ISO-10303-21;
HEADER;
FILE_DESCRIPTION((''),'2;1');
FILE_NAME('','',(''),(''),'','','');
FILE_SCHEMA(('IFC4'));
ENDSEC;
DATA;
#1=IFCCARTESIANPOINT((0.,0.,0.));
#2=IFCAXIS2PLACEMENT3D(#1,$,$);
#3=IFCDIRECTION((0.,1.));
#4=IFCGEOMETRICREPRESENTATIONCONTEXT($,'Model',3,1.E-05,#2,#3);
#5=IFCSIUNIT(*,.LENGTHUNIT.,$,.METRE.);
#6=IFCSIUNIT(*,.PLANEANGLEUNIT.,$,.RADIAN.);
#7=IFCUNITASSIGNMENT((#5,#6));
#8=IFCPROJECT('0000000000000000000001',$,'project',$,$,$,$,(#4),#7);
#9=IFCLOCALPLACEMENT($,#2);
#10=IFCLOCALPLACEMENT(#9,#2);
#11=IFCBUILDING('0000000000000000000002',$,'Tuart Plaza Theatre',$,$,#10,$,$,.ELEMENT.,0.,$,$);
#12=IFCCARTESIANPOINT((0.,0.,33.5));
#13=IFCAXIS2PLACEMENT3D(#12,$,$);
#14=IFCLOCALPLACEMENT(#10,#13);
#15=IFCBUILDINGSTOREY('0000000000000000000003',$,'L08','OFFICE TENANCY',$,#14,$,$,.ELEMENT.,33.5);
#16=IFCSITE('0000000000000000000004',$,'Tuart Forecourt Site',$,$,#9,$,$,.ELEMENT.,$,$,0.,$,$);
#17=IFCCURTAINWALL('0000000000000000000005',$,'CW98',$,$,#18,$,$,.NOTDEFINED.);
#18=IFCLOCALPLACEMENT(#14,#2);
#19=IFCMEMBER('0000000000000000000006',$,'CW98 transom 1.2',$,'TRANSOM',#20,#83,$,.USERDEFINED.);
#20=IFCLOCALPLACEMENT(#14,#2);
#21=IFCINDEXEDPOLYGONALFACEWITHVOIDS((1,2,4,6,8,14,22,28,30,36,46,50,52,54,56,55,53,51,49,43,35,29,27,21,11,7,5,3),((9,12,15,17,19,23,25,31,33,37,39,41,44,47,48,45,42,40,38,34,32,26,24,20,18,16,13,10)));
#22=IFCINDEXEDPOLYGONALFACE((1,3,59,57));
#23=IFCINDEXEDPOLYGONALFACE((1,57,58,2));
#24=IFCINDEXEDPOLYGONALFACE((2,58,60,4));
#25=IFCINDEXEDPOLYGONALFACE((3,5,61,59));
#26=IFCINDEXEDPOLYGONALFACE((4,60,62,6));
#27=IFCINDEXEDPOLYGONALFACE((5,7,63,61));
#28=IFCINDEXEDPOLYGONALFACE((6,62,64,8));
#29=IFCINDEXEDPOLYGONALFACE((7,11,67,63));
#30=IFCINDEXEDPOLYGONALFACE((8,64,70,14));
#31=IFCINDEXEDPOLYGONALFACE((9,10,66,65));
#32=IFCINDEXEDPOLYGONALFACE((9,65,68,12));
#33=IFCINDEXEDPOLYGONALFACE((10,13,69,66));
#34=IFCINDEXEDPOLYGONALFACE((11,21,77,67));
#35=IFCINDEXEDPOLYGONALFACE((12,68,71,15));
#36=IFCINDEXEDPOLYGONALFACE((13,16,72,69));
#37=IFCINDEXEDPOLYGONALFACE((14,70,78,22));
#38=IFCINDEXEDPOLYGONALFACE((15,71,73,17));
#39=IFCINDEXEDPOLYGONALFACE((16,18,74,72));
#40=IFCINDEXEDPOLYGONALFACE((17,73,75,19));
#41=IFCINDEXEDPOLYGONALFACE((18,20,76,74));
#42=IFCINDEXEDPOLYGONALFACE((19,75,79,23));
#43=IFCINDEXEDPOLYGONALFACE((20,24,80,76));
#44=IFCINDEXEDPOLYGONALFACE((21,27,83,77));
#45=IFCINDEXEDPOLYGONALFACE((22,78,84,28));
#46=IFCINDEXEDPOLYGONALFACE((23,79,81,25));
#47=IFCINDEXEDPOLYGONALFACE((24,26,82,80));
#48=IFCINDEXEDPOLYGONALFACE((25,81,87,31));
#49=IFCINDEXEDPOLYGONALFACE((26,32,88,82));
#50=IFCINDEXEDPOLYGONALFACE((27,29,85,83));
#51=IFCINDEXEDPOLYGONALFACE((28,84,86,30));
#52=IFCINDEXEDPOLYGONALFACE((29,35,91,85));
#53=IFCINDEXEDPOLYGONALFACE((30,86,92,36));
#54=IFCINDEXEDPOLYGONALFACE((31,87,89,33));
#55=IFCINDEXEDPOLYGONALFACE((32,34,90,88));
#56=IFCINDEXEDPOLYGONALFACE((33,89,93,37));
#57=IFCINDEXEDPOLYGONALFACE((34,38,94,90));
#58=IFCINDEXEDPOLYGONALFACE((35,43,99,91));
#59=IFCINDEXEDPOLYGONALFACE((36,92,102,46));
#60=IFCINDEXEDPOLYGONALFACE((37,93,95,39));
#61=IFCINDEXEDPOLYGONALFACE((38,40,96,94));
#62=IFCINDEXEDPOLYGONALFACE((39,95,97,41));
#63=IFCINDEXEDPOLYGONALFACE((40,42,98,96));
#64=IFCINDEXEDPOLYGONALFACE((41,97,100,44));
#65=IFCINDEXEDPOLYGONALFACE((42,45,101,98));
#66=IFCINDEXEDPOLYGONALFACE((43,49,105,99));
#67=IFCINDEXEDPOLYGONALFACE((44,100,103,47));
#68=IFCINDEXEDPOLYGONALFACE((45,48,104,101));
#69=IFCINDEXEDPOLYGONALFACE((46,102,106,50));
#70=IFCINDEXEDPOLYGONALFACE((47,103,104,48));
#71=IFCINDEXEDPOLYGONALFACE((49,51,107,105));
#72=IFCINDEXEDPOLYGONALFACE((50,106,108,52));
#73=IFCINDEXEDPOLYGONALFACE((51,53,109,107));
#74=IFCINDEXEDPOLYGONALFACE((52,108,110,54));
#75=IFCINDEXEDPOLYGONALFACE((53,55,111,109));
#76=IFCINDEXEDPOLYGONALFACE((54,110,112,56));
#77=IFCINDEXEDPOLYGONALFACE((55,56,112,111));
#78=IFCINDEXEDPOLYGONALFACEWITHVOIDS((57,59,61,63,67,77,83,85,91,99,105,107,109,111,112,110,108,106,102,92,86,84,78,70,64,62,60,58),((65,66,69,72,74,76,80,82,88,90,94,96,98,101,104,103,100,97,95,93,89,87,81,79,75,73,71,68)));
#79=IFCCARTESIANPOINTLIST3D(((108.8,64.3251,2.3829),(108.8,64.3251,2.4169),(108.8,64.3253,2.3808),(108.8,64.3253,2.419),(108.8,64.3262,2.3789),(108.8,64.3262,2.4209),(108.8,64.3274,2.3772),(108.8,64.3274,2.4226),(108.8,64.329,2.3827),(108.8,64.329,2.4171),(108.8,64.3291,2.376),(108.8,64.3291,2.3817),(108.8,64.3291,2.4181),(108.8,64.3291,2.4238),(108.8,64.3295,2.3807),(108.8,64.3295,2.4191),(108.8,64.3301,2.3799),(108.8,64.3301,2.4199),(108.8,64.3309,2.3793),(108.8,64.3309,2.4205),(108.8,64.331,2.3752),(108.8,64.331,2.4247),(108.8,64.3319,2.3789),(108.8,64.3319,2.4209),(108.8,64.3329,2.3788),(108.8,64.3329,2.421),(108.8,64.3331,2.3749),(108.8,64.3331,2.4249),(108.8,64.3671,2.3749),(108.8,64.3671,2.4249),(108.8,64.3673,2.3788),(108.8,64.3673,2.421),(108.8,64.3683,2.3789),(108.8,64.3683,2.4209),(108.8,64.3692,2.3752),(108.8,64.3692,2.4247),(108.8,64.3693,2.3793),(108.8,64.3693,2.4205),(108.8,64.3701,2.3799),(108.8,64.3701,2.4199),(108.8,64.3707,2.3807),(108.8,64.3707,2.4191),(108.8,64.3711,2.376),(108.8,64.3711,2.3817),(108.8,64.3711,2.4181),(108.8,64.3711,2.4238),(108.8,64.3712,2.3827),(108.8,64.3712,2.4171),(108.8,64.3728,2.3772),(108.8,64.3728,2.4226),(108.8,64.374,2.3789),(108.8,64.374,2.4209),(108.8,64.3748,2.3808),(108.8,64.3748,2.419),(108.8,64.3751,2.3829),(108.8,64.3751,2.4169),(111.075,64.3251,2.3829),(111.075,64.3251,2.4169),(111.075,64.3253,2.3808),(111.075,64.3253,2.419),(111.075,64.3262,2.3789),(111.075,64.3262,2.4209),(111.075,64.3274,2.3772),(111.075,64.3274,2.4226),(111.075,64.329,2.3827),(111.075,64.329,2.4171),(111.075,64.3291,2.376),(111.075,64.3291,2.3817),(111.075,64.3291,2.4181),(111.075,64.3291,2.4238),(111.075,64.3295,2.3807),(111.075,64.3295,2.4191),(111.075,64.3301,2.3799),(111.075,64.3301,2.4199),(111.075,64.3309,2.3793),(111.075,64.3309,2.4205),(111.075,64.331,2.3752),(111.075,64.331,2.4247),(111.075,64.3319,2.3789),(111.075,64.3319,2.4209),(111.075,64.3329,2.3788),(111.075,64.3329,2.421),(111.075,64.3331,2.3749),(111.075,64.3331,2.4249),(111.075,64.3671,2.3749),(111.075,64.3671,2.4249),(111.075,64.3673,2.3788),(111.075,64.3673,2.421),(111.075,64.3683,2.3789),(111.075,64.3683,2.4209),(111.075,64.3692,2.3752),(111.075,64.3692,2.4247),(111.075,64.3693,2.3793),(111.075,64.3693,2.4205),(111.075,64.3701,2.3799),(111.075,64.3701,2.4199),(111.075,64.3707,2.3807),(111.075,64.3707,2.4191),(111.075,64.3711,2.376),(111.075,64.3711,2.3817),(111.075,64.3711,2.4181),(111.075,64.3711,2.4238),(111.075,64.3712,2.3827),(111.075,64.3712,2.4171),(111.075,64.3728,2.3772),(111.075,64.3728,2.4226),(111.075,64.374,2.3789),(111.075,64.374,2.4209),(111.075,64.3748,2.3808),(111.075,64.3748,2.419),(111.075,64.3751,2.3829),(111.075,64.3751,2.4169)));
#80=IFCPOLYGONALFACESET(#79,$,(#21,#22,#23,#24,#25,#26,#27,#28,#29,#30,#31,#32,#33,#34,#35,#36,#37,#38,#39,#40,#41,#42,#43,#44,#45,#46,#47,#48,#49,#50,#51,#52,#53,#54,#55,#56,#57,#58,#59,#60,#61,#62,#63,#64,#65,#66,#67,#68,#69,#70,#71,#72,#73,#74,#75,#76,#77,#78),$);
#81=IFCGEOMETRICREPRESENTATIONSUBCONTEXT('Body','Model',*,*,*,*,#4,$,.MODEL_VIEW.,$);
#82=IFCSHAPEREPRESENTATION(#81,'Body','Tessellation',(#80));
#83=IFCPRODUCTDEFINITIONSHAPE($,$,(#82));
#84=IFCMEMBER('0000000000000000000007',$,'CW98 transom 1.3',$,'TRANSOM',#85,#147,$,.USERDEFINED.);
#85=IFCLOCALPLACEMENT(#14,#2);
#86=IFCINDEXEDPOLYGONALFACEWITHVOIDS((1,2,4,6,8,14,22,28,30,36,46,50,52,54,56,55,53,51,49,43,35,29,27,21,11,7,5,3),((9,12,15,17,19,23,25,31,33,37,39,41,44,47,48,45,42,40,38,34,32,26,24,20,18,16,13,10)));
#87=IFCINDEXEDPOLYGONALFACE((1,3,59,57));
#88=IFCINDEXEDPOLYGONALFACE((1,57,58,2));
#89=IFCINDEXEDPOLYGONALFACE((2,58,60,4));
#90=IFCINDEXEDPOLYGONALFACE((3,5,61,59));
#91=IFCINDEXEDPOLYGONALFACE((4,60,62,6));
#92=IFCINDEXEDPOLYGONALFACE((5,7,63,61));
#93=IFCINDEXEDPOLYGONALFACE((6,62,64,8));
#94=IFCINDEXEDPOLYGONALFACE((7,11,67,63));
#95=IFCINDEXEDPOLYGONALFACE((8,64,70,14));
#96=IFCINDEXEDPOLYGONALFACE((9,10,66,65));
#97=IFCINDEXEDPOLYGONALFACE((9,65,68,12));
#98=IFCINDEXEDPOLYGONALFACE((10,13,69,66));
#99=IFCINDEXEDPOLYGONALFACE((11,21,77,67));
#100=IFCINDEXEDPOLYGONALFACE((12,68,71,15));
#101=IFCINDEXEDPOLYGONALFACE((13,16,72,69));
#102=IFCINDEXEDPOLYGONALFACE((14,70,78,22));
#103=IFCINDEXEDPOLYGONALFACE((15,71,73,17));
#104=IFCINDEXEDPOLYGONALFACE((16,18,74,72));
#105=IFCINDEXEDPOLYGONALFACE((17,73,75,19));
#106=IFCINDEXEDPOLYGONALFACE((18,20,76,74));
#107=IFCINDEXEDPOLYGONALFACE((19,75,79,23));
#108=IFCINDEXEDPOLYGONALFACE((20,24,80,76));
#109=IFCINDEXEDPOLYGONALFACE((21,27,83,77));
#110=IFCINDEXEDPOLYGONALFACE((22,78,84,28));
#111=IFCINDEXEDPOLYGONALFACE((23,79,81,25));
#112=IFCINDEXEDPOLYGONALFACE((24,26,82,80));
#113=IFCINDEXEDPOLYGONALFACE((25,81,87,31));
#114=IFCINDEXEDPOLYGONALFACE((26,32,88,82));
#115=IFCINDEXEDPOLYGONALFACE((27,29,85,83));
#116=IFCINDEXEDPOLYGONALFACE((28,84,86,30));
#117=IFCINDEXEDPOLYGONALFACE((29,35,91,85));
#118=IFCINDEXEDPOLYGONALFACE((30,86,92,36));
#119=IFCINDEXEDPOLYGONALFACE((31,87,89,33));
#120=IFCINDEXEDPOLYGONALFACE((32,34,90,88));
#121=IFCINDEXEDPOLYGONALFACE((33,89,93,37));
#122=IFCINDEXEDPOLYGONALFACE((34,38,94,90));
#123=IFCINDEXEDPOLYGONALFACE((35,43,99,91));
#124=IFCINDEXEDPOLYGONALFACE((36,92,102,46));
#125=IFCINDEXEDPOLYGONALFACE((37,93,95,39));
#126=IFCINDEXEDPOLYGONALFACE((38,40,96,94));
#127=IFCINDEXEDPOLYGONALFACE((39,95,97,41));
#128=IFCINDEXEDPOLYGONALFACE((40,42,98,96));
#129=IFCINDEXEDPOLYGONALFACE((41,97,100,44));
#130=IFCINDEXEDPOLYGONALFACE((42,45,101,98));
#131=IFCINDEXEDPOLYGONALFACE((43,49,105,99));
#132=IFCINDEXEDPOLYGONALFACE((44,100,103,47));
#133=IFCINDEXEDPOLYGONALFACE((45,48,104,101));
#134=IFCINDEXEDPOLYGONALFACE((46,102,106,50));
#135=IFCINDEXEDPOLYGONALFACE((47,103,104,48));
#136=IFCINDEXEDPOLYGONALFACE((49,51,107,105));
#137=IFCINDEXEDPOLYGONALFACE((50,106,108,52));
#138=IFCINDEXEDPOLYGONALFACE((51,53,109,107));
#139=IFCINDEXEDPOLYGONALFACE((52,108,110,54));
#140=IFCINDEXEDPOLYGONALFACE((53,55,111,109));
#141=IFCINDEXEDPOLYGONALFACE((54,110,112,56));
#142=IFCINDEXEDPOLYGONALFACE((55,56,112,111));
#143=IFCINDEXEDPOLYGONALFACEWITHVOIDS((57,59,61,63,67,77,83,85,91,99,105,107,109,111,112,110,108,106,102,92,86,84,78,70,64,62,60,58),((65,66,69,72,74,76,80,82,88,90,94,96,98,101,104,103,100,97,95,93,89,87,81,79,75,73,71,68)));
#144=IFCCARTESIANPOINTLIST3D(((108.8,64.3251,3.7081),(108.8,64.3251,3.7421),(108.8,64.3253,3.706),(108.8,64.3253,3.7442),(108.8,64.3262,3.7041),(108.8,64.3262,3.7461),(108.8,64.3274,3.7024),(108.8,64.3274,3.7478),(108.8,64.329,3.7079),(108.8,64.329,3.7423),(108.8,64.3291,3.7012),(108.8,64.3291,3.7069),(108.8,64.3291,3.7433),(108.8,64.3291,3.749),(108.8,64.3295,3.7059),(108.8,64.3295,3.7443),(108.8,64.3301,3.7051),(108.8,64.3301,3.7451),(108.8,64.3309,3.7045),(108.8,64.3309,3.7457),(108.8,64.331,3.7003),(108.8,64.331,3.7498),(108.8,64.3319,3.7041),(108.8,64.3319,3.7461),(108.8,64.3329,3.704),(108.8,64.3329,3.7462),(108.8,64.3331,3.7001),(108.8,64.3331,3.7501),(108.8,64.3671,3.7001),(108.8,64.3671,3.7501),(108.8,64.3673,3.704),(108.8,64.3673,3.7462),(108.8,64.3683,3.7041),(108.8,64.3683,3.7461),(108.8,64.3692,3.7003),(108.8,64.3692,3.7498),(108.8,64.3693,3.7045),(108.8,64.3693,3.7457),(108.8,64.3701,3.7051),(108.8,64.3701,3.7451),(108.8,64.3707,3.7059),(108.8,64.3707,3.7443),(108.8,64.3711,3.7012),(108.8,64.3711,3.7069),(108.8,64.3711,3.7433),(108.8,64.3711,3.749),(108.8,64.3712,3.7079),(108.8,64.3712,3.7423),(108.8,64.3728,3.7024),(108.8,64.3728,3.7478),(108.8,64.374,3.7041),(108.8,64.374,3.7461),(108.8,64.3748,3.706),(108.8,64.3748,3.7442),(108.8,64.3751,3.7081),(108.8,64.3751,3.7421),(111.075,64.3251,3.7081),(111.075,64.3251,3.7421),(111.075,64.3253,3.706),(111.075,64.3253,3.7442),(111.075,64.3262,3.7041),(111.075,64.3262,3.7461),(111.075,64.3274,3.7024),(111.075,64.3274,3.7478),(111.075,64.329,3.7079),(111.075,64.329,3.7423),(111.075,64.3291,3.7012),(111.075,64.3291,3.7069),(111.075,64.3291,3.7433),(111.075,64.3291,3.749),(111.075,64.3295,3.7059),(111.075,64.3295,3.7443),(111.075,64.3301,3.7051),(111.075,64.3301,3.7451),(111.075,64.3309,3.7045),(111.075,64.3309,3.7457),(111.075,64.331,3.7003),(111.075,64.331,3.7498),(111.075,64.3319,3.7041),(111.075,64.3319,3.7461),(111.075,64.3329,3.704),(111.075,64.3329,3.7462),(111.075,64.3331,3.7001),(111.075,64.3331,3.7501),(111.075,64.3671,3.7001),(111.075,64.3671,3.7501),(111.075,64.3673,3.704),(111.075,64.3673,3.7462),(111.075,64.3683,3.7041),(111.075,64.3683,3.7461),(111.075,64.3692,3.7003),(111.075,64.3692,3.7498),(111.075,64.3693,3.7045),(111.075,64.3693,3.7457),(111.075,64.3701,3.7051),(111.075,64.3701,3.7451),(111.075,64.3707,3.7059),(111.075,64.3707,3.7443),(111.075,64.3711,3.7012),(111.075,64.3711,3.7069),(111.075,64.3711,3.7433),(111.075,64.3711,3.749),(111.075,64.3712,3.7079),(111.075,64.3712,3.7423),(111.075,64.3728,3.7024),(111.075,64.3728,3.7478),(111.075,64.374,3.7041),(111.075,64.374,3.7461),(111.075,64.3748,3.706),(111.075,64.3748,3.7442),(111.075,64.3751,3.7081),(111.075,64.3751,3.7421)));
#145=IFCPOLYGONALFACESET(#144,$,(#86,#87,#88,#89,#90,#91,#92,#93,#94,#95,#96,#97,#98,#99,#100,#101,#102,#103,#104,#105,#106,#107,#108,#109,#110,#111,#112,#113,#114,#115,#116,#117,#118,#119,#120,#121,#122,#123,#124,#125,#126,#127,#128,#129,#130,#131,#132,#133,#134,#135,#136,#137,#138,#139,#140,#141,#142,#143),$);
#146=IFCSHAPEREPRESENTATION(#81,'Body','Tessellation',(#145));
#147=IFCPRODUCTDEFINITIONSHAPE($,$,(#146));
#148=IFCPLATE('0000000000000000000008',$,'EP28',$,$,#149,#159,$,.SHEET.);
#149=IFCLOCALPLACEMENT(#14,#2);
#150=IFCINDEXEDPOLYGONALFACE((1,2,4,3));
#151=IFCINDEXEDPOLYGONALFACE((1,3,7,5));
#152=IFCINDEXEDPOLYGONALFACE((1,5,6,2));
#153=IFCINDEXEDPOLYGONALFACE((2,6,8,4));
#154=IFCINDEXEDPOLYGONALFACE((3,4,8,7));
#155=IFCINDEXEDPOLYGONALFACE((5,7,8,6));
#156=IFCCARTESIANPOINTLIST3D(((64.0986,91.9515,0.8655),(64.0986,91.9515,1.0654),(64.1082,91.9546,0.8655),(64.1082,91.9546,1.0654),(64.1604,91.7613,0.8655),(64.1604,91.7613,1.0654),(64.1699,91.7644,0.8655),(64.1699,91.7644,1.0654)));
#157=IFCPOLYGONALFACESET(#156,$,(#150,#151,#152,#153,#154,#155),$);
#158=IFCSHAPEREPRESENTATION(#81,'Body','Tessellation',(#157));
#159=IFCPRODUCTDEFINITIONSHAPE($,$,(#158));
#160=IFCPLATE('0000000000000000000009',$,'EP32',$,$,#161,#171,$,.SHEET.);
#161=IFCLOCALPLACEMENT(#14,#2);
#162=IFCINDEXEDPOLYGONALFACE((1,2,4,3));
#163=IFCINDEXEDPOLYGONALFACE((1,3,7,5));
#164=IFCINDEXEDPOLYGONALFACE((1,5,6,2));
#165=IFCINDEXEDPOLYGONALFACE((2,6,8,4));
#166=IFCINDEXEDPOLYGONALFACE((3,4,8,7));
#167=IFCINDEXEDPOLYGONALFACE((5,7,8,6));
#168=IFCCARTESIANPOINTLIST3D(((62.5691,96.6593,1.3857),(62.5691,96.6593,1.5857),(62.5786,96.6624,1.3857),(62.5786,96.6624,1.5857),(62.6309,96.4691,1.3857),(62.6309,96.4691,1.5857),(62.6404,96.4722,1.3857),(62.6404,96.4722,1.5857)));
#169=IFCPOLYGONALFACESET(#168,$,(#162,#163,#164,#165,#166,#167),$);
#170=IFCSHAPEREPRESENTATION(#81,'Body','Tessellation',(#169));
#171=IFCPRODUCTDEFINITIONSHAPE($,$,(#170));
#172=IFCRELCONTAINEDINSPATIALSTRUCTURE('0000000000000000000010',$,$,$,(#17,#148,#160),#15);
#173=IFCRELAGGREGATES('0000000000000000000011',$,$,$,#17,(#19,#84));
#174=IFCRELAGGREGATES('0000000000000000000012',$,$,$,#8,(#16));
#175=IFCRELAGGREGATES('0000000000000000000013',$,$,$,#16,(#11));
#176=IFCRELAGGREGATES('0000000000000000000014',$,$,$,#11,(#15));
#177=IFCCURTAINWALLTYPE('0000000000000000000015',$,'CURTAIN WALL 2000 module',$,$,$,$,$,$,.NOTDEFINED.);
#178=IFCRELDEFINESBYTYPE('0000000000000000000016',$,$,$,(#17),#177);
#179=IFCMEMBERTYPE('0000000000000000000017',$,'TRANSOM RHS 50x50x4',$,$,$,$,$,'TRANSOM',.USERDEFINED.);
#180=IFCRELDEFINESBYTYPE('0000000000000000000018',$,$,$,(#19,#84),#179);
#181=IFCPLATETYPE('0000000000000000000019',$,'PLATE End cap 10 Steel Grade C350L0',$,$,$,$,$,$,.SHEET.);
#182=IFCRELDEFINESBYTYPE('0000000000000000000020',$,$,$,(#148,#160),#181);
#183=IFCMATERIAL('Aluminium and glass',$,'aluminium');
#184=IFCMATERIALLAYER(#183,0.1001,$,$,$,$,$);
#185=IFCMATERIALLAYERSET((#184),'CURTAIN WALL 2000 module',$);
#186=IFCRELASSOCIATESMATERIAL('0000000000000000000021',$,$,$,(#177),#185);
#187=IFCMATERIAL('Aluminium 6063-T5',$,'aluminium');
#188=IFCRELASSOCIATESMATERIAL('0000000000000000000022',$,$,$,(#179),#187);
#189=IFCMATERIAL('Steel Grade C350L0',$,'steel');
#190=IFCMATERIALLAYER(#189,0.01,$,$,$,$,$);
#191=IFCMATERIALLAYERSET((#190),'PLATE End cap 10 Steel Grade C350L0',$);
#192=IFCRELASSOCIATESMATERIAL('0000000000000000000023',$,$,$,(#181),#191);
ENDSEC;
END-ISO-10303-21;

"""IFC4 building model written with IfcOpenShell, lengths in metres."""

from ifc_helpers import new_model, si_unit, direction, frame, origin, origin_2d, place, context, subcontext, project, spatial, polyline, hollow_rectangle, outline, extrude, material, layer, layer_set, material_profile, profile_set, type_object, element, aggregate, save


model = new_model("IFC4")

# Units and contexts
model_context = context("Model", 3, precision=1e-05, world=origin(), true_north=direction((0.0, 1.0)))
body_context = subcontext(model_context, "Body", "Model", "MODEL_VIEW")
ifc_project = project(units=[si_unit("LENGTHUNIT", "METRE"), si_unit("PLANEANGLEUNIT", "RADIAN")], contexts=[model_context])

# Site, building, storey
site_placement = place(None, origin())
site = spatial("IfcSite", under=ifc_project, at=site_placement, Name="Tuart Forecourt Site", CompositionType="ELEMENT", RefElevation=0.0)
building_placement = place(site_placement, origin())
building = spatial("IfcBuilding", under=site, at=building_placement, Name="Tuart Plaza Theatre", CompositionType="ELEMENT", ElevationOfRefHeight=0.0)
storey_placement = place(building_placement, frame((0.0, 0.0, 33.5)))
storey = spatial("IfcBuildingStorey", under=building, at=storey_placement, Name="L08", Description="OFFICE TENANCY", CompositionType="ELEMENT", Elevation=33.5)

# Curtain wall, members
ifc_material_1 = material(Name="Aluminium and glass", Category="aluminium")
ifc_layer_1 = layer(ifc_material_1, 0.1001)
ifc_layer_set_1 = layer_set([ifc_layer_1], Name="CURTAIN WALL 2000 module")
curtain_wall_type_1 = type_object("IfcCurtainWallType", Name="CURTAIN WALL 2000 module", PredefinedType="NOTDEFINED", material=ifc_layer_set_1)
curtain_wall_1_placement = place(storey_placement, origin())
curtain_wall_1 = element("IfcCurtainWall", 1, at=curtain_wall_1_placement, inside=storey, type_object=curtain_wall_type_1, Name="CW98", PredefinedType="NOTDEFINED")
ifc_material_2 = material(Name="Aluminium 6063-T5", Category="aluminium")
ifc_material_profile_1 = material_profile(ifc_material_2, hollow_rectangle(XDim=0.05, YDim=0.05, WallThickness=0.0039, InnerFilletRadius=0.0039, OuterFilletRadius=0.0081, at=origin_2d()), Name="RHS 50x50x4")
ifc_profile_set_1 = profile_set([ifc_material_profile_1], Name="Aluminium 6063-T5")
member_type_1 = type_object("IfcMemberType", Name="TRANSOM RHS 50x50x4", ElementType="TRANSOM", PredefinedType="USERDEFINED", material=ifc_profile_set_1)
member_1_placement = place(storey_placement, frame((108.8, 64.3501, 2.3999), z_axis=(1.0, 0.0, 0.0), x_axis=(0.0, 1.0, 0.0)))
member_1 = element("IfcMember", 2, at=member_1_placement, type_object=member_type_1, Name="CW98 transom 1.2", ObjectType="TRANSOM", PredefinedType="USERDEFINED", context=body_context, shape_type="SweptSolid", body=[
    extrude(hollow_rectangle(XDim=0.05, YDim=0.05, WallThickness=0.0039, InnerFilletRadius=0.0039, OuterFilletRadius=0.0081, at=origin_2d()), origin(), (0.0, 0.0, 1.0), 2.2749),
])
member_2_placement = place(storey_placement, frame((108.8, 64.3501, 3.7251), z_axis=(1.0, 0.0, 0.0), x_axis=(0.0, 1.0, 0.0)))
member_2 = element("IfcMember", 3, at=member_2_placement, type_object=member_type_1, Name="CW98 transom 1.3", ObjectType="TRANSOM", PredefinedType="USERDEFINED", context=body_context, shape_type="SweptSolid", body=[
    extrude(hollow_rectangle(XDim=0.05, YDim=0.05, WallThickness=0.0039, InnerFilletRadius=0.0039, OuterFilletRadius=0.0081, at=origin_2d()), origin(), (0.0, 0.0, 1.0), 2.2749),
])
aggregate(curtain_wall_1, [member_1, member_2])

# Plates
ifc_material_3 = material(Name="Steel Grade C350L0", Category="steel")
ifc_layer_2 = layer(ifc_material_3, 0.01)
ifc_layer_set_2 = layer_set([ifc_layer_2], Name="PLATE End cap 10 Steel Grade C350L0")
plate_type = type_object("IfcPlateType", Name="PLATE End cap 10 Steel Grade C350L0", PredefinedType="SHEET", material=ifc_layer_set_2)
for number, where, z_axis, x_axis, name in (
    (4, (64.1699, 91.7644, 0.8655), (0.951097, 0.308893, 0.0), (-0.308893, 0.951097, 0.0), "EP28"),
    (5, (62.6404, 96.4722, 1.3857), (0.951097, 0.308893, 0.0), (-0.308893, 0.951097, 0.0), "EP32"),
):
    element("IfcPlate", number, at=place(storey_placement, frame(where, z_axis=z_axis, x_axis=x_axis)), inside=storey, type_object=plate_type, Name=name, PredefinedType="SHEET", context=body_context, shape_type="SweptSolid", body=[
        extrude(outline(polyline([(0.0, 0.0), (0.2, 0.0), (0.2, 0.2), (0.0, 0.2), (0.0, 0.0)])), origin(), (0.0, 0.0, -1.0), 0.01),
    ])

save(model, "model.ifc")
